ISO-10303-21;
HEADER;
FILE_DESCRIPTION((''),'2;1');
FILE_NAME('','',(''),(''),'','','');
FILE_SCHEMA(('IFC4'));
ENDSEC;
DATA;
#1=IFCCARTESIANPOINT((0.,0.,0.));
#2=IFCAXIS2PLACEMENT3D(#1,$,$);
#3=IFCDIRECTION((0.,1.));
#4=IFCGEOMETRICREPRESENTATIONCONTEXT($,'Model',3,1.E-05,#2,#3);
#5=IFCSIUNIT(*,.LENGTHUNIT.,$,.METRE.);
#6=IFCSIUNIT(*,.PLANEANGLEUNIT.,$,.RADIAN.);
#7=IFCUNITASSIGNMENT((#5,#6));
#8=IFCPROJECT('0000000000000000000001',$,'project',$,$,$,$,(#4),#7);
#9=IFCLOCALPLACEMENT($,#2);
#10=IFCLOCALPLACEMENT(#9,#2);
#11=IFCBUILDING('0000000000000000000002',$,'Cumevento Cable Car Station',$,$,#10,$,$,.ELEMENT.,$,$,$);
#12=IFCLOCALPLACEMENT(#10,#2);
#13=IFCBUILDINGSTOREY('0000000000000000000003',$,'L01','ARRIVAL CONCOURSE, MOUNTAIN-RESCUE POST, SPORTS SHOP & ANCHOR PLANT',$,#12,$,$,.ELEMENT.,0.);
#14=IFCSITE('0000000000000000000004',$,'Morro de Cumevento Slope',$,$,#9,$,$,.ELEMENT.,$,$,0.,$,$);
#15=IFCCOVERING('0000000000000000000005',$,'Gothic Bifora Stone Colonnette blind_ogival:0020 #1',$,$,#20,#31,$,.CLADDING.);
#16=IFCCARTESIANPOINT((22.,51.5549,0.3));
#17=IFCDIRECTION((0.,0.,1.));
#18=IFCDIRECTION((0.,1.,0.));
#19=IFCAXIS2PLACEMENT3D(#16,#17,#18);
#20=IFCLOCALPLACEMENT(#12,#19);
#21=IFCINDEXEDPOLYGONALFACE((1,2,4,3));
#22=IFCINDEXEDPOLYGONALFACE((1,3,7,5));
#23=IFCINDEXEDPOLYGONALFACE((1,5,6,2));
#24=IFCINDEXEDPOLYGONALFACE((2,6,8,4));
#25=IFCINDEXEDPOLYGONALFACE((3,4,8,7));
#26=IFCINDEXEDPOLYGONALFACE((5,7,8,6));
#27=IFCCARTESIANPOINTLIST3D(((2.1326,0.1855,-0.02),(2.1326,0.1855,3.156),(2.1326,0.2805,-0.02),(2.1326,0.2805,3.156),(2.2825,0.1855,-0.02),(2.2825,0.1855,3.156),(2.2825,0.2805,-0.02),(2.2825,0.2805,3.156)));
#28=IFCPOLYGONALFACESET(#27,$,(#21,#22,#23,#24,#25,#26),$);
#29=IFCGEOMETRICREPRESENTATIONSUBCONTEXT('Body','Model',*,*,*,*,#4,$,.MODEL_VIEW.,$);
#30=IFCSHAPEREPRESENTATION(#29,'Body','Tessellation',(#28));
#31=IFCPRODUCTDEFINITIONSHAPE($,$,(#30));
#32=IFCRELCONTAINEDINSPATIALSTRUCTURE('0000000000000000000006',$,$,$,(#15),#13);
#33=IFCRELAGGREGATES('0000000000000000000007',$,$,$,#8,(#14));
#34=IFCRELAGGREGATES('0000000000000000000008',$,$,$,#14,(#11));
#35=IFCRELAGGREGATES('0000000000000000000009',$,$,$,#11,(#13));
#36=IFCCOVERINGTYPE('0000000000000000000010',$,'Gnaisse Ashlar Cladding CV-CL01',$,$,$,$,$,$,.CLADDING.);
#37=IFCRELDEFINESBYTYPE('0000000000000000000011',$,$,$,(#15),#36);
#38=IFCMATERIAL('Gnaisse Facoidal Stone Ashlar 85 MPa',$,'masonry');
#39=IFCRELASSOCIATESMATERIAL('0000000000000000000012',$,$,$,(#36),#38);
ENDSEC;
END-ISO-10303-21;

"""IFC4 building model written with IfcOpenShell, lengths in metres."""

from ifc_helpers import new_model, si_unit, direction, frame, origin, place, context, subcontext, project, spatial, polyline, outline, extrude, material, type_object, element, save


model = new_model("IFC4")

# Units and contexts
model_context = context("Model", 3, precision=1e-05, world=origin(), true_north=direction((0.0, 1.0)))
body_context = subcontext(model_context, "Body", "Model", "MODEL_VIEW")
ifc_project = project(units=[si_unit("LENGTHUNIT", "METRE"), si_unit("PLANEANGLEUNIT", "RADIAN")], contexts=[model_context])

# Site, building, storey
site_placement = place(None, origin())
site = spatial("IfcSite", under=ifc_project, at=site_placement, Name="Morro de Cumevento Slope", CompositionType="ELEMENT", RefElevation=0.0)
building_placement = place(site_placement, origin())
building = spatial("IfcBuilding", under=site, at=building_placement, Name="Cumevento Cable Car Station", CompositionType="ELEMENT")
storey_placement = place(building_placement, origin())
storey = spatial("IfcBuildingStorey", under=building, at=storey_placement, Name="L01", Description="ARRIVAL CONCOURSE, MOUNTAIN-RESCUE POST, SPORTS SHOP & ANCHOR PLANT", CompositionType="ELEMENT", Elevation=0.0)

# Covering
ifc_material_1 = material(Name="Gnaisse Facoidal Stone Ashlar 85 MPa", Category="masonry")
covering_type = type_object("IfcCoveringType", Name="Gnaisse Ashlar Cladding CV-CL01", PredefinedType="CLADDING", material=ifc_material_1)
covering_1_placement = place(storey_placement, frame((22.0, 51.5549, 0.3), z_axis=(0.0, 0.0, 1.0), x_axis=(0.0, 1.0, 0.0)))
element("IfcCovering", 1, at=covering_1_placement, inside=storey, type_object=covering_type, Name="Gothic Bifora Stone Colonnette blind_ogival:0020 #1", PredefinedType="CLADDING", context=body_context, shape_type="SweptSolid", body=[
    extrude(outline(polyline([(2.1326, -0.02), (2.2825, -0.02), (2.2825, 3.156), (2.1326, 3.156), (2.1326, -0.02)])), frame((0.0, 0.2805, 0.0), z_axis=(0.0, -1.0, 0.0), x_axis=(1.0, 0.0, 0.0)), (0.0, 0.0, 1.0), 0.095),
])

save(model, "model.ifc")
